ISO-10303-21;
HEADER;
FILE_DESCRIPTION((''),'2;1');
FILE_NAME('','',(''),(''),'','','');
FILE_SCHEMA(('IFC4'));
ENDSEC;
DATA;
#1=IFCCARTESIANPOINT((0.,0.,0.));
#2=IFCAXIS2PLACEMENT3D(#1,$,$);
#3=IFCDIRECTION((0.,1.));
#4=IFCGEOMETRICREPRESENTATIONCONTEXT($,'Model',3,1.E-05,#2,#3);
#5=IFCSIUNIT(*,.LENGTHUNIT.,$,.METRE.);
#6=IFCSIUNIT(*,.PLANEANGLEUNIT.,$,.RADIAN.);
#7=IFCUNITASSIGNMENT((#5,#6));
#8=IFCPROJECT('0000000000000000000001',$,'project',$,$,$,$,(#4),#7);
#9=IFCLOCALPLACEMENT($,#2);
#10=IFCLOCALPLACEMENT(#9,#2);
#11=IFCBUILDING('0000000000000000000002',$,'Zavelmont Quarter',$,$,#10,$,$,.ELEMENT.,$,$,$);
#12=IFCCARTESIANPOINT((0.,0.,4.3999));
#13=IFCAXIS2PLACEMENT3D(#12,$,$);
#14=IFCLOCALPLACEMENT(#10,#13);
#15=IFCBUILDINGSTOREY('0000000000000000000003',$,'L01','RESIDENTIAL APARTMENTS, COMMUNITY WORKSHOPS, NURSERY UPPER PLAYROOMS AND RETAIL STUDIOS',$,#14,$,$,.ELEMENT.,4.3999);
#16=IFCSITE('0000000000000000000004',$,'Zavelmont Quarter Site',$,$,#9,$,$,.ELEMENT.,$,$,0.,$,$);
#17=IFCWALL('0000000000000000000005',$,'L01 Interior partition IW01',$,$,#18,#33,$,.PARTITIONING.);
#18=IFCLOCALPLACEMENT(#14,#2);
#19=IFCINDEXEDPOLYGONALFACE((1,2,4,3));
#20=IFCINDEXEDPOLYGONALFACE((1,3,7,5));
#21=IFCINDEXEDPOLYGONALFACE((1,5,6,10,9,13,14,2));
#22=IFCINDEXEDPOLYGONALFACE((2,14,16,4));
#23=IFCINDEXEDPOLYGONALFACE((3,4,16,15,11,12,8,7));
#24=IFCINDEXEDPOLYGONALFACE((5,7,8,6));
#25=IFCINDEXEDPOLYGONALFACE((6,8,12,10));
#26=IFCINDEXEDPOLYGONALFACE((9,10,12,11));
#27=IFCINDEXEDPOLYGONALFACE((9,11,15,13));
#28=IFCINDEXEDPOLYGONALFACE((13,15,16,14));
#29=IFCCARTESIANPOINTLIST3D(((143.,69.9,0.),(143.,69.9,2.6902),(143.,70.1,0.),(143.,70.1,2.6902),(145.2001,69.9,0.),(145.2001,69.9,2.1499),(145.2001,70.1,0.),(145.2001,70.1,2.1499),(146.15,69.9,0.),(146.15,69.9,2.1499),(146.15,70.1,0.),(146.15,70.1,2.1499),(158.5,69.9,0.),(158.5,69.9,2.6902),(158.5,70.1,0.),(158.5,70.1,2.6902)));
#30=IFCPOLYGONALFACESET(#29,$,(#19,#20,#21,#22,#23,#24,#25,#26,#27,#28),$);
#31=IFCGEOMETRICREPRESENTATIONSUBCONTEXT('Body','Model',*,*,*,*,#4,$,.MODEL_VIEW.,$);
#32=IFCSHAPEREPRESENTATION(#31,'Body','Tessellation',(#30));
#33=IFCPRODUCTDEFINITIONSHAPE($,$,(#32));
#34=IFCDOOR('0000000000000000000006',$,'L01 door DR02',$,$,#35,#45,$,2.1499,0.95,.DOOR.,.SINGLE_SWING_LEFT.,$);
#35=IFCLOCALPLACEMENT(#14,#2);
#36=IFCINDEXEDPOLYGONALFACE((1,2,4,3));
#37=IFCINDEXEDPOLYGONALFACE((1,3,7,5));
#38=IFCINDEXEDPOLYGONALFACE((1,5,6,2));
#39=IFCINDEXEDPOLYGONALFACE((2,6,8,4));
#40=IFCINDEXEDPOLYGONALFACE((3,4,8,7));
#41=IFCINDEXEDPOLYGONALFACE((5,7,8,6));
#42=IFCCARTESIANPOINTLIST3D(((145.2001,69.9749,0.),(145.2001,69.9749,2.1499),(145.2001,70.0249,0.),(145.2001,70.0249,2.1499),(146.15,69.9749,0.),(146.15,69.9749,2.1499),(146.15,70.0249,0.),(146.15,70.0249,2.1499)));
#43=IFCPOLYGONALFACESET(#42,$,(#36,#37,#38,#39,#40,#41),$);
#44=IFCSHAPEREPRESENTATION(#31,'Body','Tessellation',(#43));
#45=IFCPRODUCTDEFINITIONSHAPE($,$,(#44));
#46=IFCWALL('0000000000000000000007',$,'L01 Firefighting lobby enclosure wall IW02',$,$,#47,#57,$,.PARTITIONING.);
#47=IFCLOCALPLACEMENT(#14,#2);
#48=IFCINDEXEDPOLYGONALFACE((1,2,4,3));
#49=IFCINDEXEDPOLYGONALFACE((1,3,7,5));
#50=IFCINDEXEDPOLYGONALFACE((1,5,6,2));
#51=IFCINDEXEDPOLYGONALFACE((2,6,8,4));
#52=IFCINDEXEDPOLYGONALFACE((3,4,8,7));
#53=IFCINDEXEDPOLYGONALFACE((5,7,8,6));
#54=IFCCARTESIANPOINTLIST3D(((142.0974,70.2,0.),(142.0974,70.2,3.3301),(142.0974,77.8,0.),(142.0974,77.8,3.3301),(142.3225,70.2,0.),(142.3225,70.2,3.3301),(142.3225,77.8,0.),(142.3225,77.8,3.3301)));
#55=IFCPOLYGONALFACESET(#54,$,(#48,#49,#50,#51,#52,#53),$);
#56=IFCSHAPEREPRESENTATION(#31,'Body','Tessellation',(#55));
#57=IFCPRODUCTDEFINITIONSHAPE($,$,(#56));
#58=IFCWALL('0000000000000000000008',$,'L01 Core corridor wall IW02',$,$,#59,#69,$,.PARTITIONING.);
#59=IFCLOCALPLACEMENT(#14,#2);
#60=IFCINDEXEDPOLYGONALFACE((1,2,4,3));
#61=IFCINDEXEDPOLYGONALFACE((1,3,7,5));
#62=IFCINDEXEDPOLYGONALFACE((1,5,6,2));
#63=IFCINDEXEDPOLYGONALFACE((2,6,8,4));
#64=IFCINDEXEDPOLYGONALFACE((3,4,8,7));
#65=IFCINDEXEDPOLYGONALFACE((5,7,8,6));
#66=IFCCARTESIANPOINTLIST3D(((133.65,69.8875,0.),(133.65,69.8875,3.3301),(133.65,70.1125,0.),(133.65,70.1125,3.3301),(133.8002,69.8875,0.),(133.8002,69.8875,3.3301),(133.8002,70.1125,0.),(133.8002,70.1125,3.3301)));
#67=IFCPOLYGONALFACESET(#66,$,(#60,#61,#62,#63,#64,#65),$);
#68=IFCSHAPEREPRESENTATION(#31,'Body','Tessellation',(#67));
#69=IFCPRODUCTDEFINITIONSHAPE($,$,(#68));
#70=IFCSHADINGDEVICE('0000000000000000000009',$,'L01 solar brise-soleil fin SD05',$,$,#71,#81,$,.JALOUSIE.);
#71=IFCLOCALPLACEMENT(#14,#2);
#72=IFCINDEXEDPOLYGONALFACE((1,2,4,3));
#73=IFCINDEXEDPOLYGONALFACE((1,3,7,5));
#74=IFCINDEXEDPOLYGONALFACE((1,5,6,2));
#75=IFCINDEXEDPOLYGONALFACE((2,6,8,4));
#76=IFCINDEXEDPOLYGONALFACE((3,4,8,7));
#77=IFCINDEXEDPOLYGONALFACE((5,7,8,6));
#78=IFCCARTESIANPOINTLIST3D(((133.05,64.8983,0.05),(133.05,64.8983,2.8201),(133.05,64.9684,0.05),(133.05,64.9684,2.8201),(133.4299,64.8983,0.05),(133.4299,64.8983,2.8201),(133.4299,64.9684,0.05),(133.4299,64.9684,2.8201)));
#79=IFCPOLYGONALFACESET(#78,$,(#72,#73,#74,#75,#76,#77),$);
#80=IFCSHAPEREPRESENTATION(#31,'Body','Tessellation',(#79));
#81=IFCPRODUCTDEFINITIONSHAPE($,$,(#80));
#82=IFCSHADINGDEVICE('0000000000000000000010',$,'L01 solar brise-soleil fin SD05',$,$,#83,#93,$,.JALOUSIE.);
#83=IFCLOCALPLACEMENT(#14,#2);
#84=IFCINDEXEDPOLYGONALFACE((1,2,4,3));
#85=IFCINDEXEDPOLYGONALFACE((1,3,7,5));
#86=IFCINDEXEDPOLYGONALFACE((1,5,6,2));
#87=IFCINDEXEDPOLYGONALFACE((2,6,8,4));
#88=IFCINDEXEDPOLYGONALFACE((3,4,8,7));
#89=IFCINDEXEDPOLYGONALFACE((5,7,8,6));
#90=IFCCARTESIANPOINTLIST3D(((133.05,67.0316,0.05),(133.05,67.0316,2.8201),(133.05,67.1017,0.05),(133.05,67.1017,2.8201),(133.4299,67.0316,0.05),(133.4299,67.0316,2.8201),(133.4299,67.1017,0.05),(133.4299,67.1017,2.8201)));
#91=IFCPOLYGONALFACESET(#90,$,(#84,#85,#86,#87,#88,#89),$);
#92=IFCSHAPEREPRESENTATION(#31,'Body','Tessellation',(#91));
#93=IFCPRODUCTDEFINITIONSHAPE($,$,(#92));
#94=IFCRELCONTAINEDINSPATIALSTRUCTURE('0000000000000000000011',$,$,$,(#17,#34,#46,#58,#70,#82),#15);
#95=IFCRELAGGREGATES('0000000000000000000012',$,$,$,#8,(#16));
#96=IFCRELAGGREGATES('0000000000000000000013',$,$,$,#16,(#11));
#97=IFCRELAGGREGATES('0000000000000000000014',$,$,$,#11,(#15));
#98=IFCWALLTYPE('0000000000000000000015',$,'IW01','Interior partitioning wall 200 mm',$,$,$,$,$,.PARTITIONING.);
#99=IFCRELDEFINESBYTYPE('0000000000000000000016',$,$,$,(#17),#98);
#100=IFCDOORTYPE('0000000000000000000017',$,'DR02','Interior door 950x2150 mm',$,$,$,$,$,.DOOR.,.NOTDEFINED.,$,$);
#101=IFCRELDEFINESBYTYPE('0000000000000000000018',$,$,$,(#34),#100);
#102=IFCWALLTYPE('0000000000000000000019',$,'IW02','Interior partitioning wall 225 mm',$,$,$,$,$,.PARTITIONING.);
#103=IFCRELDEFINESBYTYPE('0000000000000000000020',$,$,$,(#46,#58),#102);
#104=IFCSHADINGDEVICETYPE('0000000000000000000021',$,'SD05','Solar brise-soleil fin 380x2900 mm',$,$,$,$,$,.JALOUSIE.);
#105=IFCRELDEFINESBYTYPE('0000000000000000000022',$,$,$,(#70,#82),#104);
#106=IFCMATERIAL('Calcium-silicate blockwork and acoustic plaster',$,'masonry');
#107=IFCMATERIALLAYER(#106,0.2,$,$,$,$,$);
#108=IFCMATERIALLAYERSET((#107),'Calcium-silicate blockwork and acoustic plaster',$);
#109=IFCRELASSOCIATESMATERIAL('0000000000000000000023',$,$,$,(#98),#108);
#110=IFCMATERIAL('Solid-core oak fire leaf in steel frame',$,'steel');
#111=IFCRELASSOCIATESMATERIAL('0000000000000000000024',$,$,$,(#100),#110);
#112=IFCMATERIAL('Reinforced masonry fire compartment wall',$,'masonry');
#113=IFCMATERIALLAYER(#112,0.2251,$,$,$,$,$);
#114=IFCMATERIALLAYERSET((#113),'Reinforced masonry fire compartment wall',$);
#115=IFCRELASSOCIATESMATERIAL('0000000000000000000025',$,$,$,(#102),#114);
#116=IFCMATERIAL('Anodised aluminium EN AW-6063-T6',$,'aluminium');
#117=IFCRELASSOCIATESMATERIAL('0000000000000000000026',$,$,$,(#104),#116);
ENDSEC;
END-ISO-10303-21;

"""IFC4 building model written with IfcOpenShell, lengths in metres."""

from ifc_helpers import new_model, si_unit, direction, frame, frame_2d, origin, origin_with_axes, origin_2d, place, context, subcontext, project, spatial, rectangle, extrude, material, layer, layer_set, type_object, element, fill, save


model = new_model("IFC4")

# Units and contexts
model_context = context("Model", 3, precision=1e-05, world=origin(), true_north=direction((0.0, 1.0)))
body_context = subcontext(model_context, "Body", "Model", "MODEL_VIEW")
ifc_project = project(units=[si_unit("LENGTHUNIT", "METRE"), si_unit("PLANEANGLEUNIT", "RADIAN")], contexts=[model_context])

# Site, building, storey
site_placement = place(None, origin())
site = spatial("IfcSite", under=ifc_project, at=site_placement, Name="Zavelmont Quarter Site", CompositionType="ELEMENT", RefElevation=0.0)
building_placement = place(site_placement, origin())
building = spatial("IfcBuilding", under=site, at=building_placement, Name="Zavelmont Quarter", CompositionType="ELEMENT")
storey_placement = place(building_placement, frame((0.0, 0.0, 4.3999)))
storey = spatial("IfcBuildingStorey", under=building, at=storey_placement, Name="L01", Description="RESIDENTIAL APARTMENTS, COMMUNITY WORKSHOPS, NURSERY UPPER PLAYROOMS AND RETAIL STUDIOS", CompositionType="ELEMENT", Elevation=4.3999)

# Wall, opening, door
ifc_material_1 = material(Name="Calcium-silicate blockwork and acoustic plaster", Category="masonry")
ifc_layer_1 = layer(ifc_material_1, 0.2)
ifc_layer_set_1 = layer_set([ifc_layer_1], Name="Calcium-silicate blockwork and acoustic plaster")
wall_type_1 = type_object("IfcWallType", Name="IW01", Description="Interior partitioning wall 200 mm", PredefinedType="PARTITIONING", material=ifc_layer_set_1)
ifc_material_2 = material(Name="Solid-core oak fire leaf in steel frame", Category="steel")
wall_1_placement = place(storey_placement, frame((143.0, 70.0, 0.0), z_axis=(0.0, 0.0, 1.0), x_axis=(1.0, 0.0, 0.0)))
wall_1 = element("IfcWall", 1, at=wall_1_placement, inside=storey, type_object=wall_type_1, Name="L01 Interior partition IW01", PredefinedType="PARTITIONING", context=body_context, shape_type="SweptSolid", body=[
    extrude(rectangle(XDim=15.5, YDim=0.2, at=frame_2d((7.75, 0.0))), origin(), (0.0, 0.0, 1.0), 2.6902),
])
opening_1_placement = place(wall_1_placement, frame((2.2, 0.0, 0.0)))
opening_1 = element("IfcOpeningElement", 2, at=opening_1_placement, cuts=wall_1, PredefinedType="OPENING", context=body_context, shape_type="SweptSolid", body=[
    extrude(rectangle(XDim=0.95, YDim=2.1499, at=frame_2d((0.4751, 1.075))), frame((0.0, 0.1118, 0.0), z_axis=(0.0, -1.0, 0.0), x_axis=(1.0, 0.0, 0.0)), (0.0, 0.0, 1.0), 0.2239),
])
door_type_1 = type_object("IfcDoorType", Name="DR02", Description="Interior door 950x2150 mm", OperationType="NOTDEFINED", PredefinedType="DOOR", material=ifc_material_2)
door_1_placement = place(opening_1_placement, origin_with_axes())
door_1 = element("IfcDoor", 3, at=door_1_placement, inside=storey, type_object=door_type_1, Name="L01 door DR02", OperationType="SINGLE_SWING_LEFT", OverallHeight=2.1499, OverallWidth=0.95, PredefinedType="DOOR", context=body_context, shape_type="SweptSolid", body=[
    extrude(rectangle(XDim=0.95, YDim=2.1499, at=frame_2d((0.4751, 1.075))), frame((0.0, 0.0249, 0.0), z_axis=(0.0, -1.0, 0.0), x_axis=(1.0, 0.0, 0.0)), (0.0, 0.0, 1.0), 0.05),
])
fill(opening_1, door_1)

# Walls
ifc_material_3 = material(Name="Reinforced masonry fire compartment wall", Category="masonry")
ifc_layer_2 = layer(ifc_material_3, 0.2251)
ifc_layer_set_2 = layer_set([ifc_layer_2], Name="Reinforced masonry fire compartment wall")
wall_type_2 = type_object("IfcWallType", Name="IW02", Description="Interior partitioning wall 225 mm", PredefinedType="PARTITIONING", material=ifc_layer_set_2)
wall_2_placement = place(storey_placement, frame((142.21, 70.2, 0.0), z_axis=(0.0, 0.0, 1.0), x_axis=(0.0, 1.0, 0.0)))
element("IfcWall", 4, at=wall_2_placement, inside=storey, type_object=wall_type_2, Name="L01 Firefighting lobby enclosure wall IW02", PredefinedType="PARTITIONING", context=body_context, shape_type="SweptSolid", body=[
    extrude(rectangle(XDim=7.6001, YDim=0.2251, at=frame_2d((3.8, 0.0))), origin(), (0.0, 0.0, 1.0), 3.3301),
])
wall_3_placement = place(storey_placement, frame((133.6499, 70.0, 0.0), z_axis=(0.0, 0.0, 1.0), x_axis=(1.0, 0.0, 0.0)))
element("IfcWall", 5, at=wall_3_placement, inside=storey, type_object=wall_type_2, Name="L01 Core corridor wall IW02", PredefinedType="PARTITIONING", context=body_context, shape_type="SweptSolid", body=[
    extrude(rectangle(XDim=0.1501, YDim=0.2251, at=frame_2d((0.0752, 0.0))), origin(), (0.0, 0.0, 1.0), 3.3301),
])

# Shading devices
ifc_material_4 = material(Name="Anodised aluminium EN AW-6063-T6", Category="aluminium")
shading_device_type = type_object("IfcShadingDeviceType", Name="SD05", Description="Solar brise-soleil fin 380x2900 mm", PredefinedType="JALOUSIE", material=ifc_material_4)
for number, where, z_axis, x_axis, name in (
    (6, (133.24, 64.9333, 0.05), (0.0, 0.0, 1.0), (0.0, 1.0, 0.0), "L01 solar brise-soleil fin SD05"),
    (7, (133.24, 67.0667, 0.05), (0.0, 0.0, 1.0), (0.0, 1.0, 0.0), "L01 solar brise-soleil fin SD05"),
):
    element("IfcShadingDevice", number, at=place(storey_placement, frame(where, z_axis=z_axis, x_axis=x_axis)), inside=storey, type_object=shading_device_type, Name=name, PredefinedType="JALOUSIE", context=body_context, shape_type="SweptSolid", body=[
        extrude(rectangle(XDim=0.0701, YDim=0.3799, at=origin_2d()), origin(), (0.0, 0.0, 1.0), 2.77),
    ])

save(model, "model.ifc")
